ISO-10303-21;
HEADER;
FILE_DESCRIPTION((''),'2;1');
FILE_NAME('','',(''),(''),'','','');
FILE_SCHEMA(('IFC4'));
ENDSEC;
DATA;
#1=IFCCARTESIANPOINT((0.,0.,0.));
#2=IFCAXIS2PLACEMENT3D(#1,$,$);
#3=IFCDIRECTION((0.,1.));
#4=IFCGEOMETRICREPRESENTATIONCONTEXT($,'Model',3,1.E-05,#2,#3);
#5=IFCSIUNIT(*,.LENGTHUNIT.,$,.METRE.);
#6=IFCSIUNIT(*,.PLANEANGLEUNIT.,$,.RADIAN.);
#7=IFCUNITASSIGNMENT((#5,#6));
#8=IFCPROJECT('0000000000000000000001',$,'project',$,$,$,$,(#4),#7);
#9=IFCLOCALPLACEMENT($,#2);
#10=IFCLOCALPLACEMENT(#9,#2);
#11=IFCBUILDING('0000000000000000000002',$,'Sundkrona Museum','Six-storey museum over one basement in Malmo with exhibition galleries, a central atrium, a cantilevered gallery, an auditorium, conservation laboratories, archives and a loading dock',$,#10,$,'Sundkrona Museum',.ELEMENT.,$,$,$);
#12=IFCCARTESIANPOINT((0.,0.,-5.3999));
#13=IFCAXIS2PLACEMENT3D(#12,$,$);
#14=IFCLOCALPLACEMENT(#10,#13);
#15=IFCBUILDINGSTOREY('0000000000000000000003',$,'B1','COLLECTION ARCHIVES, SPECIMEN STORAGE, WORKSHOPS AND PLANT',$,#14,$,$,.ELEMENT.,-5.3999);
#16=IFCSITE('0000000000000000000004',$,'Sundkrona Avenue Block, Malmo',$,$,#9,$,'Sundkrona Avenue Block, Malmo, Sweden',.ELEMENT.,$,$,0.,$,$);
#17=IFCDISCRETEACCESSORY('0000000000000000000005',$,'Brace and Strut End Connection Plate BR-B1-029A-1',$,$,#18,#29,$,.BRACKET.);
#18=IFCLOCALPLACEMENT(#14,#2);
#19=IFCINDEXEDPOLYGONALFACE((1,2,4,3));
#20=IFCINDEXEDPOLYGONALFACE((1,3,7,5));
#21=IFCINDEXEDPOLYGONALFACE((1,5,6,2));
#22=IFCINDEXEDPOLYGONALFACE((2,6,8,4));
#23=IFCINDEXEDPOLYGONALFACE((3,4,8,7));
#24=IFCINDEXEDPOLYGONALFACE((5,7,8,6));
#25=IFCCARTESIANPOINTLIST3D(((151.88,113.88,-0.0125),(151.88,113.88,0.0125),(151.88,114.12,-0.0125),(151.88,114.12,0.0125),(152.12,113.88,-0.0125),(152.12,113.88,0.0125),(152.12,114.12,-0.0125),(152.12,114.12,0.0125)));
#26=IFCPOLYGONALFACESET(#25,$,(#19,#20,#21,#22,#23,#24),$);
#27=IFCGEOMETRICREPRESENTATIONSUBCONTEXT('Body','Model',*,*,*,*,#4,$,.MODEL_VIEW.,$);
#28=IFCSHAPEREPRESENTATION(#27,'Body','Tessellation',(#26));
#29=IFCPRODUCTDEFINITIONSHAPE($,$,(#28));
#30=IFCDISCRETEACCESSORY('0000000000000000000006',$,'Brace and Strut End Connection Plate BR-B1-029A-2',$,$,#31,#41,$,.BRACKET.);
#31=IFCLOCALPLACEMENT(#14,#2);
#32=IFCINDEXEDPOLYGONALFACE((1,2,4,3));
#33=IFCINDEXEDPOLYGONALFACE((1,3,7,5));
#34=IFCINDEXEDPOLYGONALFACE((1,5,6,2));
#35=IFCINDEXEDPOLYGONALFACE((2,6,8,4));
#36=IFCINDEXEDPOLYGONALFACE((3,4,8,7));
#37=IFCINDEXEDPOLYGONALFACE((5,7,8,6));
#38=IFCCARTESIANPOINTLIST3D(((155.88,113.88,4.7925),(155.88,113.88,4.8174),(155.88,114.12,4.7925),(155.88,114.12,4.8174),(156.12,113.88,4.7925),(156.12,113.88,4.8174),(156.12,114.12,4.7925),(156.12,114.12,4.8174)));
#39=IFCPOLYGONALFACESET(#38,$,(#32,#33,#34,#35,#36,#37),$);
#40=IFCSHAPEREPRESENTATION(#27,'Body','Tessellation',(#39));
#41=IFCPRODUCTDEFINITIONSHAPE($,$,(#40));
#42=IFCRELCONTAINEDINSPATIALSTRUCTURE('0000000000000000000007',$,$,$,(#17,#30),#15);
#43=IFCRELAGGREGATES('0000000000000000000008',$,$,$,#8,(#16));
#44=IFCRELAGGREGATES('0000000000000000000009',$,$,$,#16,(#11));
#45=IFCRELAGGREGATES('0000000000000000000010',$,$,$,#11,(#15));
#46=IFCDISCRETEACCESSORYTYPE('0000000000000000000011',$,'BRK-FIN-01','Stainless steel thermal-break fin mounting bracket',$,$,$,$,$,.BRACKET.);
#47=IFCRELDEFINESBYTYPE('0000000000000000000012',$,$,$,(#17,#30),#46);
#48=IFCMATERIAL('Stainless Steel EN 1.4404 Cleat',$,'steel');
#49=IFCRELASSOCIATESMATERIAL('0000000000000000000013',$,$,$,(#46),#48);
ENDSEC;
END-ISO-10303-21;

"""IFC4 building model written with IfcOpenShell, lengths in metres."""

from ifc_helpers import new_model, si_unit, direction, frame, origin, origin_2d, place, context, subcontext, project, spatial, rectangle, extrude, material, type_object, element, save


model = new_model("IFC4")

# Units and contexts
model_context = context("Model", 3, precision=1e-05, world=origin(), true_north=direction((0.0, 1.0)))
body_context = subcontext(model_context, "Body", "Model", "MODEL_VIEW")
ifc_project = project(units=[si_unit("LENGTHUNIT", "METRE"), si_unit("PLANEANGLEUNIT", "RADIAN")], contexts=[model_context])

# Site, building, storey
site_placement = place(None, origin())
site = spatial("IfcSite", under=ifc_project, at=site_placement, Name="Sundkrona Avenue Block, Malmo", LongName="Sundkrona Avenue Block, Malmo, Sweden", CompositionType="ELEMENT", RefElevation=0.0)
building_placement = place(site_placement, origin())
building = spatial("IfcBuilding", under=site, at=building_placement, Name="Sundkrona Museum", Description="Six-storey museum over one basement in Malmo with exhibition galleries, a central atrium, a cantilevered gallery, an auditorium, conservation laboratories, archives and a loading dock", LongName="Sundkrona Museum", CompositionType="ELEMENT")
storey_placement = place(building_placement, frame((0.0, 0.0, -5.3999)))
storey = spatial("IfcBuildingStorey", under=building, at=storey_placement, Name="B1", Description="COLLECTION ARCHIVES, SPECIMEN STORAGE, WORKSHOPS AND PLANT", CompositionType="ELEMENT", Elevation=-5.3999)

# Discrete accessories
ifc_material_1 = material(Name="Stainless Steel EN 1.4404 Cleat", Category="steel")
discrete_accessory_type = type_object("IfcDiscreteAccessoryType", Name="BRK-FIN-01", Description="Stainless steel thermal-break fin mounting bracket", PredefinedType="BRACKET", material=ifc_material_1)
for number, where, z_axis, x_axis, name in (
    (1, (152.0, 114.0, -0.0125), (0.0, 0.0, 1.0), (1.0, 0.0, 0.0), "Brace and Strut End Connection Plate BR-B1-029A-1"),
    (2, (156.0, 114.0, 4.7925), (0.0, 0.0, 1.0), (1.0, 0.0, 0.0), "Brace and Strut End Connection Plate BR-B1-029A-2"),
):
    element("IfcDiscreteAccessory", number, at=place(storey_placement, frame(where, z_axis=z_axis, x_axis=x_axis)), inside=storey, type_object=discrete_accessory_type, Name=name, PredefinedType="BRACKET", context=body_context, shape_type="SweptSolid", body=[
        extrude(rectangle(XDim=0.24, YDim=0.24, at=origin_2d()), origin(), (0.0, 0.0, 1.0), 0.0249),
    ])

save(model, "model.ifc")
